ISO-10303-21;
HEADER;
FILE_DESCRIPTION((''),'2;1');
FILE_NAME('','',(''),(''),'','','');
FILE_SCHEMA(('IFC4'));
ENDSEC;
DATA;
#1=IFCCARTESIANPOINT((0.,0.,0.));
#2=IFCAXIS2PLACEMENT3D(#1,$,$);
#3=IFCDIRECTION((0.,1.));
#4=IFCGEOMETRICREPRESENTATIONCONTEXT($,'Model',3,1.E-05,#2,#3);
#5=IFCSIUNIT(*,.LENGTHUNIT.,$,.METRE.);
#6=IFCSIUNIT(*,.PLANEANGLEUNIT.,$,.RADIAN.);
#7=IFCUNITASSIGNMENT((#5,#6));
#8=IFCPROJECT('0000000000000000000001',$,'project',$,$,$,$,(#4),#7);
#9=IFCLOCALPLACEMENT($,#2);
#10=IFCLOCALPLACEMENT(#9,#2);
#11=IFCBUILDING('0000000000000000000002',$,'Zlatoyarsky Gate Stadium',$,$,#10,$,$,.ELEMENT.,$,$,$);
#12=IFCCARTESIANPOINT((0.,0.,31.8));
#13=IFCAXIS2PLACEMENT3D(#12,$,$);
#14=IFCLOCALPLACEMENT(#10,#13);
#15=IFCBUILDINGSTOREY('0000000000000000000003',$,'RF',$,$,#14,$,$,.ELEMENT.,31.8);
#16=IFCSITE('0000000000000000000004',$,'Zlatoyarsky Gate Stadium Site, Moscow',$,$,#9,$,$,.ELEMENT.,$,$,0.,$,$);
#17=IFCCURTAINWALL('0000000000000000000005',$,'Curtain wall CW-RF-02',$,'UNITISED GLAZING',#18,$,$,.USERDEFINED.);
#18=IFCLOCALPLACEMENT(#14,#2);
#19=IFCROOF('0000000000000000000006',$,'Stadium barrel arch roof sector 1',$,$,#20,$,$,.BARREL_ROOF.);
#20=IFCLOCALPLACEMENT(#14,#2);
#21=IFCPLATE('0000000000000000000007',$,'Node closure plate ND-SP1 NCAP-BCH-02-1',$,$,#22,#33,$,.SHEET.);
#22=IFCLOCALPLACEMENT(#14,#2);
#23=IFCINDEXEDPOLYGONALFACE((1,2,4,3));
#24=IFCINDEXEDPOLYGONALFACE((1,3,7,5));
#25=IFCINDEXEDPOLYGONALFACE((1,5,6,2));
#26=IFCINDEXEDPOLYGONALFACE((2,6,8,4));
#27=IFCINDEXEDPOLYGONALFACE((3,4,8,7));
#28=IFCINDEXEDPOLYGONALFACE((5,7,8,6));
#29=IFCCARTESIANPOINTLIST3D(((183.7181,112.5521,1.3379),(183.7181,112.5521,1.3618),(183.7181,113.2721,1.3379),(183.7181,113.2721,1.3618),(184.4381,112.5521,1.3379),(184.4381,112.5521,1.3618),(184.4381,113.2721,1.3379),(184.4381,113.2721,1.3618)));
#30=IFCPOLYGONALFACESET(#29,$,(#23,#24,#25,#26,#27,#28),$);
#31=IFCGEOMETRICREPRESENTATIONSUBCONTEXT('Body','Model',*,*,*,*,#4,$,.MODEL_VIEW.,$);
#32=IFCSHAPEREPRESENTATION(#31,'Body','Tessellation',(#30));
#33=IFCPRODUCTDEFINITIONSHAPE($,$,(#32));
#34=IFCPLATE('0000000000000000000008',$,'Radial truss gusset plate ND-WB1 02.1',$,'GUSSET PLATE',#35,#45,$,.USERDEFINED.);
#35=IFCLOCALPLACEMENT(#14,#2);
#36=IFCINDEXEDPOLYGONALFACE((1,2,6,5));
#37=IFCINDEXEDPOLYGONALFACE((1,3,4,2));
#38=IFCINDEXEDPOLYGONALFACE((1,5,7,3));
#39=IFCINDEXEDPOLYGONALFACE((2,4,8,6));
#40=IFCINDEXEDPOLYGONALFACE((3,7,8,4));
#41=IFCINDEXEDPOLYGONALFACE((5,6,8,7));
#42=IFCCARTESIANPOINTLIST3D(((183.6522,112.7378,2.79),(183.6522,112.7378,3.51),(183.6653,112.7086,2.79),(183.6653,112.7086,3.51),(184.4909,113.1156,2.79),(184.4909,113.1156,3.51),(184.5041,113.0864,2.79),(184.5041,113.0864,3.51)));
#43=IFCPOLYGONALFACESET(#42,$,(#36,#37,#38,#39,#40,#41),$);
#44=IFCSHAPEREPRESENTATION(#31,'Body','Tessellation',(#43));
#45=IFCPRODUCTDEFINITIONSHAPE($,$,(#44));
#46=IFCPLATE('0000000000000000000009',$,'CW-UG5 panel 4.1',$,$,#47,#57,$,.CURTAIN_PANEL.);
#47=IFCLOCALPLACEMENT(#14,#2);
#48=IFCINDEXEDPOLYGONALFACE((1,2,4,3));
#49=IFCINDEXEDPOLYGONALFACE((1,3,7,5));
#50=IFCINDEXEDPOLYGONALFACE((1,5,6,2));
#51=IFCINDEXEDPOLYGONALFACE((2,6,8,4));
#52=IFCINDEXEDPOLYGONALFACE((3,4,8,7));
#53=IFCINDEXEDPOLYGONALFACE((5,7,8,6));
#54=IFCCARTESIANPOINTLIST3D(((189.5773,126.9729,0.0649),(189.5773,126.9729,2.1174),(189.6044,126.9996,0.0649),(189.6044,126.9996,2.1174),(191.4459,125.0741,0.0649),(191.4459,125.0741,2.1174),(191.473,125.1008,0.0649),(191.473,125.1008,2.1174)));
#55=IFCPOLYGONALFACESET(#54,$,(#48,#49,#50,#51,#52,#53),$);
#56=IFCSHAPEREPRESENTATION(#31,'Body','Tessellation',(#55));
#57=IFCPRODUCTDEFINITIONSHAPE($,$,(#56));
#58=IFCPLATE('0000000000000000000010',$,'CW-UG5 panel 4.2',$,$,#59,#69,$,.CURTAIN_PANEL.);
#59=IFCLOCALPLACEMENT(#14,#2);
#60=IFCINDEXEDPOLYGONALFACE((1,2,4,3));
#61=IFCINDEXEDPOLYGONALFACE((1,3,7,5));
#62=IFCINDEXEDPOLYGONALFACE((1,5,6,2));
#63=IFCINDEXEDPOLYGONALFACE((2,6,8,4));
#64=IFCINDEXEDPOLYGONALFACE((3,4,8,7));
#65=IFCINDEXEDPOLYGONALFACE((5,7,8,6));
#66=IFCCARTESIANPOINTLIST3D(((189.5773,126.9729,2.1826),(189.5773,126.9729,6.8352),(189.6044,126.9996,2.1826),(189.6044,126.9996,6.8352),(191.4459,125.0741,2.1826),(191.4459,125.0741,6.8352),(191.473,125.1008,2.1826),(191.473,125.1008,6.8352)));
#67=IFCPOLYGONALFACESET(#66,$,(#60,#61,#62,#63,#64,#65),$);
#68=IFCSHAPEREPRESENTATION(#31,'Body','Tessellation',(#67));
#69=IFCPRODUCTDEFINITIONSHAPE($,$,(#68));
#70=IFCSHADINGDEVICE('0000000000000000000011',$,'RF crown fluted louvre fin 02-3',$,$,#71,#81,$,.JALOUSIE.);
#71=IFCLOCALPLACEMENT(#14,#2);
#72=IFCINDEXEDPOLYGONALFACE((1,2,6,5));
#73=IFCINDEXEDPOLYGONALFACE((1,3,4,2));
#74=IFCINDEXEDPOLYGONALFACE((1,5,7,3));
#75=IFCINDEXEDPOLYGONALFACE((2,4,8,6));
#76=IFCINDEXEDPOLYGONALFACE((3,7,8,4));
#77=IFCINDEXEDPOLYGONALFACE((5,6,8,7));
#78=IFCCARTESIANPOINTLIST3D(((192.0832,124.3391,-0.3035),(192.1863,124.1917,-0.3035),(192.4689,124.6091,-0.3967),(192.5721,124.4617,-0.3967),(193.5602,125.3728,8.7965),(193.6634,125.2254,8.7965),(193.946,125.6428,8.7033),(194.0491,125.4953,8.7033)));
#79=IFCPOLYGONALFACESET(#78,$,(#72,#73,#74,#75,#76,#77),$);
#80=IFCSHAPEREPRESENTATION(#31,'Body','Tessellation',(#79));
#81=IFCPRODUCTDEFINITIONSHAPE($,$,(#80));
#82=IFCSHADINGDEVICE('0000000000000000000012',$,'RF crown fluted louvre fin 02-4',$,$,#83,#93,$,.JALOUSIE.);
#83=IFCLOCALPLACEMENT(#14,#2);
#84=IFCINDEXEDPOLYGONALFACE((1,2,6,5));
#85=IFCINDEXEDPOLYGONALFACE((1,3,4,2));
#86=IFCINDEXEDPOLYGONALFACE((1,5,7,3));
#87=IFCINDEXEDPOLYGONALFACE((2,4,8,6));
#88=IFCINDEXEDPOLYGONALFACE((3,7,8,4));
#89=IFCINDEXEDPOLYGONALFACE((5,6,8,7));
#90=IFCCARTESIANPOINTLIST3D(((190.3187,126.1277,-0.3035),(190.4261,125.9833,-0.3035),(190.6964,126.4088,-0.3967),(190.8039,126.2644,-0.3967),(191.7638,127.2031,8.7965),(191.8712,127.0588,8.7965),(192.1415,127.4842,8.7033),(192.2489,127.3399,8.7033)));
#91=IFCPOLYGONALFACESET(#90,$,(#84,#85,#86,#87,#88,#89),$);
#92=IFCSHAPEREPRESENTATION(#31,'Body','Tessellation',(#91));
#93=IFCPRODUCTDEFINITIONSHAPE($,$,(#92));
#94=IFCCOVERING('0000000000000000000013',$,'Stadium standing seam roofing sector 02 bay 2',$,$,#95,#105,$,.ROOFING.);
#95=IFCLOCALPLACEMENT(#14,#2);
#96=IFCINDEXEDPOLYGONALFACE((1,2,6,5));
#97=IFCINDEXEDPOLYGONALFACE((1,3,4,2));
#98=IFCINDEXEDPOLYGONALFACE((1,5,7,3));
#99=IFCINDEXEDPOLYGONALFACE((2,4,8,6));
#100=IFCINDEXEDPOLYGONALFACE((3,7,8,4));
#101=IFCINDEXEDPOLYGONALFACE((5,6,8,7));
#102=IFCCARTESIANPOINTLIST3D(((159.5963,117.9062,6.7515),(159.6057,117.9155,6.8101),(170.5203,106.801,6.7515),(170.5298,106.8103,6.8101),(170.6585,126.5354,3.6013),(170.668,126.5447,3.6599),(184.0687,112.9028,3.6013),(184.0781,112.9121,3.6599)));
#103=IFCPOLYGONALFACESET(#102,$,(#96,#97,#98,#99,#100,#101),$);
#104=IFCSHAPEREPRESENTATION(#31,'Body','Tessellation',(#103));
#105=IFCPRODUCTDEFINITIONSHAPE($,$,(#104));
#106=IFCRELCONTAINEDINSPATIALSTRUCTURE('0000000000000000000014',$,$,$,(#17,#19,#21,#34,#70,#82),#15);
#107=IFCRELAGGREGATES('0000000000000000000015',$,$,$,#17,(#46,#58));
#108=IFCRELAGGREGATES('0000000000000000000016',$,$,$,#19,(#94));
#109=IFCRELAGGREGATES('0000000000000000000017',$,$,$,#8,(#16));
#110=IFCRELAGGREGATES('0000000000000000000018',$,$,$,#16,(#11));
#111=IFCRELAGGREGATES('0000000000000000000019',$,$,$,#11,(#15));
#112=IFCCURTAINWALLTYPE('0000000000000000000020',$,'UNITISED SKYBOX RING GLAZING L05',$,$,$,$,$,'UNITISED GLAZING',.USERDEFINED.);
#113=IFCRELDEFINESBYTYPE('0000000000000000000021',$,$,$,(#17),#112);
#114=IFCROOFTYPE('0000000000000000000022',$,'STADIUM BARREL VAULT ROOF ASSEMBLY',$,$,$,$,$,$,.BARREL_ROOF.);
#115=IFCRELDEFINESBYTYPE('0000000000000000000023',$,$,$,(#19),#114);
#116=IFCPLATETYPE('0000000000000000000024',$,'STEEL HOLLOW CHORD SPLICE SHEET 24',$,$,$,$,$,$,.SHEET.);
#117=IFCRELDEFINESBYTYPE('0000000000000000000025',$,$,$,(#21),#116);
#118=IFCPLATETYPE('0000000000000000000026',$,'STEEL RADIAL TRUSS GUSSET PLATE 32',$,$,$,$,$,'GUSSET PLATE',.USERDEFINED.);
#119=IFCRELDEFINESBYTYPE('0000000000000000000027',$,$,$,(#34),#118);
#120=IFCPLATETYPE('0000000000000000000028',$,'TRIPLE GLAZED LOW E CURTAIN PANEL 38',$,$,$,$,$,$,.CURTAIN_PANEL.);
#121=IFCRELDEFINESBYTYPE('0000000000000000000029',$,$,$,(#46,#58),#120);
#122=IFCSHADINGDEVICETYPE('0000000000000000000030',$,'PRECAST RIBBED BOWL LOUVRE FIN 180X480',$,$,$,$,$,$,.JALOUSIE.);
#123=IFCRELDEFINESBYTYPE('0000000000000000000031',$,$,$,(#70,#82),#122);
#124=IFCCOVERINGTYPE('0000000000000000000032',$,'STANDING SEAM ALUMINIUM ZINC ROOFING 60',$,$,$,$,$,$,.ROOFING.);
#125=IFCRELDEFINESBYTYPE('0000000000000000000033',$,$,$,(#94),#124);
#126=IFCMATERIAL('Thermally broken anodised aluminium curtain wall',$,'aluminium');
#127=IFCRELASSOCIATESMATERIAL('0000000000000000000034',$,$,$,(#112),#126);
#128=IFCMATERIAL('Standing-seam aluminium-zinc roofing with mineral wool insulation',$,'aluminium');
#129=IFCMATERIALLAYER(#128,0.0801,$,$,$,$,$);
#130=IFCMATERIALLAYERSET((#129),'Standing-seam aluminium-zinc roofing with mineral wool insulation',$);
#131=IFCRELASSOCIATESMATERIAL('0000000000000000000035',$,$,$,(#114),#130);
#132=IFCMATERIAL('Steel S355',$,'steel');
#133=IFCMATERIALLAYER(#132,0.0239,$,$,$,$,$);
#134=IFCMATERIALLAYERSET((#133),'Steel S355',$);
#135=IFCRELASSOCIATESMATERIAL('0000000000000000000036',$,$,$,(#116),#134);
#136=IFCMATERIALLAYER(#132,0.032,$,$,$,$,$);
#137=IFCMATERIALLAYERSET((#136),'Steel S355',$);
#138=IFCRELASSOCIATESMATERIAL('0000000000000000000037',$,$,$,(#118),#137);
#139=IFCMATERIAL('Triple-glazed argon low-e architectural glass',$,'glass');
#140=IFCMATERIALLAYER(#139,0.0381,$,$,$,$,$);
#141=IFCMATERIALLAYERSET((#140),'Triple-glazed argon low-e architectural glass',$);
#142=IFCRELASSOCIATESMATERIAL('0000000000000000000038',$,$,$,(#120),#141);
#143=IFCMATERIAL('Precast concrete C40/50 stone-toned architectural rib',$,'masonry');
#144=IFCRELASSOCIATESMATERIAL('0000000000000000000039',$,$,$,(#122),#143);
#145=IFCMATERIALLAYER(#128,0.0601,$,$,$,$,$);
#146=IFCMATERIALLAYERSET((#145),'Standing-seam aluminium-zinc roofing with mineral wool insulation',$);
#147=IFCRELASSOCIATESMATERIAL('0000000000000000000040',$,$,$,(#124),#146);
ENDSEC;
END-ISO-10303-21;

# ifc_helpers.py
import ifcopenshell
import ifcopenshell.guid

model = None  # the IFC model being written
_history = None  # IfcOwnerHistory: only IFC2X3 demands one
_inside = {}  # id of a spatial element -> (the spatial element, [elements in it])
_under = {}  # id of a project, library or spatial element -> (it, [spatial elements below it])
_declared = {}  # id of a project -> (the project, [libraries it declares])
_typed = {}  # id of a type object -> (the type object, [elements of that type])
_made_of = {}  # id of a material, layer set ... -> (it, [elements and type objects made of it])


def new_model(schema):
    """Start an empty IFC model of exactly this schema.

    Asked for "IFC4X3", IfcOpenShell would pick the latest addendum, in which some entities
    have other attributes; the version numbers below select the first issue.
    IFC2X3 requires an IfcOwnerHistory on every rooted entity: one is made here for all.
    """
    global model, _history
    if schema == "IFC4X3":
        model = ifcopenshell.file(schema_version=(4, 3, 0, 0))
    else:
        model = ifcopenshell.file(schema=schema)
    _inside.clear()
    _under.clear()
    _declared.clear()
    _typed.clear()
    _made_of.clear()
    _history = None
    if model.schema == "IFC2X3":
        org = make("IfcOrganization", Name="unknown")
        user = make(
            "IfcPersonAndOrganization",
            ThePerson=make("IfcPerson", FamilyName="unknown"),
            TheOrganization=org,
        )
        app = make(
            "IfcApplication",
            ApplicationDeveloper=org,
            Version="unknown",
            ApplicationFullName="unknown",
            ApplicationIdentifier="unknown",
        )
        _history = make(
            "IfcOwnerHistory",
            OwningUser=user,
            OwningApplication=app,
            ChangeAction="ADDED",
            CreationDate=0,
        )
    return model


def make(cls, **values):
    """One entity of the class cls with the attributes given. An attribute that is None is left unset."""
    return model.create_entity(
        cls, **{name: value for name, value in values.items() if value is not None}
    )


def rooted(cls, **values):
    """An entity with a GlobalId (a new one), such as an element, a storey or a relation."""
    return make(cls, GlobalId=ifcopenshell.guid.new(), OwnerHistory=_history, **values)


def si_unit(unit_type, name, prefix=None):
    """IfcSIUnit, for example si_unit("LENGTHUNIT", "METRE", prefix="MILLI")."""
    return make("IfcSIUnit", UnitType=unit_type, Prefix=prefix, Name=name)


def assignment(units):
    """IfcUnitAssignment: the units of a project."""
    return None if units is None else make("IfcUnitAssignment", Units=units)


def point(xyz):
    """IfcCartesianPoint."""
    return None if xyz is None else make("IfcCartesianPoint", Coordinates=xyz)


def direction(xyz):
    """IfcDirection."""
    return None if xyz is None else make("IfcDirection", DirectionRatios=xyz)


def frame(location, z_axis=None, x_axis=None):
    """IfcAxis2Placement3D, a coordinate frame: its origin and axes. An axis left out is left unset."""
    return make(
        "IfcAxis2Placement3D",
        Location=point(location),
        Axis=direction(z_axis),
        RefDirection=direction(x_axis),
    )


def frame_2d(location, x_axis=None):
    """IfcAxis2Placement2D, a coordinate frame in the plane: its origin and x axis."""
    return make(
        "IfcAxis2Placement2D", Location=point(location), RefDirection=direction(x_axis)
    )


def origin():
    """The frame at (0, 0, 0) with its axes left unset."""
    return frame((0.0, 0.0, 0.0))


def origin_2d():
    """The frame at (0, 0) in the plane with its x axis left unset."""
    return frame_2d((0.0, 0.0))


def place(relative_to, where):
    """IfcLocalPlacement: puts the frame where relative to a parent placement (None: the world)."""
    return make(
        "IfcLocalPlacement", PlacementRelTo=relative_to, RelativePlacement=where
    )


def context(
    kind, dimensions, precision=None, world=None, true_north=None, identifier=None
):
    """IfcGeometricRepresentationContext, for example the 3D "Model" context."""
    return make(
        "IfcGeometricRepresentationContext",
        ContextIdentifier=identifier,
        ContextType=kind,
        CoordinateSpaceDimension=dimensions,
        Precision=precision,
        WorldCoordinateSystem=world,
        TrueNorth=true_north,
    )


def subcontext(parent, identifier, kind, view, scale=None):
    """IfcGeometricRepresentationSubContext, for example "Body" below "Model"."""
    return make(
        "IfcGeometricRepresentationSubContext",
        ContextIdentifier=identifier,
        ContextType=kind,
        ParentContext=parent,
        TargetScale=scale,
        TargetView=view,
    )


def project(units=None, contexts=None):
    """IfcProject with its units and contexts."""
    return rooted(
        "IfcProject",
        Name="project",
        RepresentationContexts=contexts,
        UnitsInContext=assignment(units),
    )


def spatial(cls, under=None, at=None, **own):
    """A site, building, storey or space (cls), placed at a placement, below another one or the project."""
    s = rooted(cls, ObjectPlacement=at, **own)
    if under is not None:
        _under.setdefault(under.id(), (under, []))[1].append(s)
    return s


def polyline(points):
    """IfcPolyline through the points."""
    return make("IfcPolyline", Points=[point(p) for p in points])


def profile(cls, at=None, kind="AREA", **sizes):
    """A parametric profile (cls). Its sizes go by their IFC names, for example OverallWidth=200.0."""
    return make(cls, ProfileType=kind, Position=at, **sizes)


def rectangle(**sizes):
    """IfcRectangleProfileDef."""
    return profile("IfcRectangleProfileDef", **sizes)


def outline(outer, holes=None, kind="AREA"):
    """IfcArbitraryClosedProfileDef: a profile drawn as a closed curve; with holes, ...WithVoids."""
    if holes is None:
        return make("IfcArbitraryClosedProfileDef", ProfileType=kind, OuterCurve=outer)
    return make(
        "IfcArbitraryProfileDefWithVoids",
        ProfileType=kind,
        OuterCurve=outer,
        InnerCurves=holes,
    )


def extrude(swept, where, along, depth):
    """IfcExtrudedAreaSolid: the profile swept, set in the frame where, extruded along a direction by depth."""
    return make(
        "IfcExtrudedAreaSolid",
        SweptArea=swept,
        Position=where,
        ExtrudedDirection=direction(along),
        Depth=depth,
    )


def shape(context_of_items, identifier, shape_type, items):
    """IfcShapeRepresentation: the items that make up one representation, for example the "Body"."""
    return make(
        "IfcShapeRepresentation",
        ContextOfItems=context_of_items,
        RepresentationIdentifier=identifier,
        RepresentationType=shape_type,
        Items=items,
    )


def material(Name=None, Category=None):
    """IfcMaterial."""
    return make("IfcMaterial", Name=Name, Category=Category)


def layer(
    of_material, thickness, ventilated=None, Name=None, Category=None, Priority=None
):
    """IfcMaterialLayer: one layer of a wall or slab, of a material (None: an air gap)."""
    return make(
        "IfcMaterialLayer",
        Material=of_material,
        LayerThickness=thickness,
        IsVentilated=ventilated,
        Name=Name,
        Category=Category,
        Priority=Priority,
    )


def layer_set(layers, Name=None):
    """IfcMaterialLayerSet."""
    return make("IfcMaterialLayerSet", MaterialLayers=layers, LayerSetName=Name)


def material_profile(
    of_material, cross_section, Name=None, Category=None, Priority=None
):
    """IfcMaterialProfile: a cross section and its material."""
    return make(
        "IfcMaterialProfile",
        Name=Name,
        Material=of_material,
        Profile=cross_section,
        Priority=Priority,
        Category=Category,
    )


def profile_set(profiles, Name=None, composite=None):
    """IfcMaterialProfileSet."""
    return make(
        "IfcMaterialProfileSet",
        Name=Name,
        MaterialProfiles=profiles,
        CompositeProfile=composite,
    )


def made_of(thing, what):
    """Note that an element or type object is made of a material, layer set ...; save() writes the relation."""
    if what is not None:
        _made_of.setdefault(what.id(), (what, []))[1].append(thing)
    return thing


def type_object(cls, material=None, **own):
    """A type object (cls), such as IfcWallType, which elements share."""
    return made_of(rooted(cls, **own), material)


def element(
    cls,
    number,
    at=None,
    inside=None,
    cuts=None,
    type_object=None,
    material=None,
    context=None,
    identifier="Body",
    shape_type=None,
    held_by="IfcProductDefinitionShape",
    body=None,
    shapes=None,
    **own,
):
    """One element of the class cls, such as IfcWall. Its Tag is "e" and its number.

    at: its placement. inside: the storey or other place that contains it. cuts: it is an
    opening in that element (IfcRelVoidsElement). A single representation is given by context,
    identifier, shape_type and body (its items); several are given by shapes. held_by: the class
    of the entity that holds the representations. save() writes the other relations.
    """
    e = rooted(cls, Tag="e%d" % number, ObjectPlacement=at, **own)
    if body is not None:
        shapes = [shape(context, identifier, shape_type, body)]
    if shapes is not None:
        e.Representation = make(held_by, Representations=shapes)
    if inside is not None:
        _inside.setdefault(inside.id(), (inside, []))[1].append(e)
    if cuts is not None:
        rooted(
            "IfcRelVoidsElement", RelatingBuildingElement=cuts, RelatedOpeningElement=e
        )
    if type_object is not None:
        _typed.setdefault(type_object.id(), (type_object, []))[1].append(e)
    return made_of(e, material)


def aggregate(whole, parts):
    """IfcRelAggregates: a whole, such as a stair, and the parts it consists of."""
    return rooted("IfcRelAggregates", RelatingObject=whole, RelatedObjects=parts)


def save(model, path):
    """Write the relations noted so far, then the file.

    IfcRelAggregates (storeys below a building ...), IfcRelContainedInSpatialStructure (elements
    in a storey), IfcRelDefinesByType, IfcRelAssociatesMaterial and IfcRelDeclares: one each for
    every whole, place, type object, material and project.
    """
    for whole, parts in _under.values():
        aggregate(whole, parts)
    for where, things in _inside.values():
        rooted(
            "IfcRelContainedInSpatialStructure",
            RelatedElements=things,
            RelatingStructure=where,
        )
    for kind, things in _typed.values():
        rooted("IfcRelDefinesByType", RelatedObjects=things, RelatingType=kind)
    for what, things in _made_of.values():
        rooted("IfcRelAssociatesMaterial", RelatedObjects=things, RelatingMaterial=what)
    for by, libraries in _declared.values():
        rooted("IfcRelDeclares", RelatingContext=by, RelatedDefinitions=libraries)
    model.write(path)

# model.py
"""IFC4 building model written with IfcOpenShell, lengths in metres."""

from ifc_helpers import new_model, si_unit, direction, frame, origin, origin_2d, place, context, subcontext, project, spatial, polyline, rectangle, outline, extrude, material, layer, layer_set, material_profile, profile_set, type_object, element, aggregate, save


model = new_model("IFC4")

# Units and contexts
model_context = context("Model", 3, precision=1e-05, world=origin(), true_north=direction((0.0, 1.0)))
body_context = subcontext(model_context, "Body", "Model", "MODEL_VIEW")
ifc_project = project(units=[si_unit("LENGTHUNIT", "METRE"), si_unit("PLANEANGLEUNIT", "RADIAN")], contexts=[model_context])

# Site, building, storey
site_placement = place(None, origin())
site = spatial("IfcSite", under=ifc_project, at=site_placement, Name="Zlatoyarsky Gate Stadium Site, Moscow", CompositionType="ELEMENT", RefElevation=0.0)
building_placement = place(site_placement, origin())
building = spatial("IfcBuilding", under=site, at=building_placement, Name="Zlatoyarsky Gate Stadium", CompositionType="ELEMENT")
storey_placement = place(building_placement, frame((0.0, 0.0, 31.8)))
storey = spatial("IfcBuildingStorey", under=building, at=storey_placement, Name="RF", CompositionType="ELEMENT", Elevation=31.8)

# Curtain wall
ifc_material_1 = material(Name="Thermally broken anodised aluminium curtain wall", Category="aluminium")
curtain_wall_type = type_object("IfcCurtainWallType", Name="UNITISED SKYBOX RING GLAZING L05", ElementType="UNITISED GLAZING", PredefinedType="USERDEFINED", material=ifc_material_1)
curtain_wall_placement = place(storey_placement, origin())
curtain_wall = element("IfcCurtainWall", 1, at=curtain_wall_placement, inside=storey, type_object=curtain_wall_type, Name="Curtain wall CW-RF-02", ObjectType="UNITISED GLAZING", PredefinedType="USERDEFINED")

# Shared definitions
ifc_material_2 = material(Name="Steel S355", Category="steel")

# Roof
ifc_material_3 = material(Name="Standing-seam aluminium-zinc roofing with mineral wool insulation", Category="aluminium")
ifc_layer_1 = layer(ifc_material_3, 0.0801)
ifc_layer_set_1 = layer_set([ifc_layer_1], Name="Standing-seam aluminium-zinc roofing with mineral wool insulation")
roof_type = type_object("IfcRoofType", Name="STADIUM BARREL VAULT ROOF ASSEMBLY", PredefinedType="BARREL_ROOF", material=ifc_layer_set_1)
roof_placement = place(storey_placement, origin())
roof = element("IfcRoof", 2, at=roof_placement, inside=storey, type_object=roof_type, Name="Stadium barrel arch roof sector 1", PredefinedType="BARREL_ROOF")

# Plates
ifc_layer_2 = layer(ifc_material_2, 0.0239)
ifc_layer_set_2 = layer_set([ifc_layer_2], Name="Steel S355")
plate_type_1 = type_object("IfcPlateType", Name="STEEL HOLLOW CHORD SPLICE SHEET 24", PredefinedType="SHEET", material=ifc_layer_set_2)
plate_1_placement = place(storey_placement, frame((184.0781, 112.9121, 1.3379), z_axis=(0.0, 0.0, 1.0), x_axis=(1.0, 0.0, 0.0)))
element("IfcPlate", 3, at=plate_1_placement, inside=storey, type_object=plate_type_1, Name="Node closure plate ND-SP1 NCAP-BCH-02-1", PredefinedType="SHEET", context=body_context, shape_type="SweptSolid", body=[
    extrude(rectangle(XDim=0.72, YDim=0.72, at=origin_2d()), origin(), (0.0, 0.0, 1.0), 0.0239),
])
ifc_layer_3 = layer(ifc_material_2, 0.032)
ifc_layer_set_3 = layer_set([ifc_layer_3], Name="Steel S355")
plate_type_2 = type_object("IfcPlateType", Name="STEEL RADIAL TRUSS GUSSET PLATE 32", ElementType="GUSSET PLATE", PredefinedType="USERDEFINED", material=ifc_layer_set_3)
plate_2_placement = place(storey_placement, frame((184.0781, 112.9121, 2.79), z_axis=(0.0, 0.0, 1.0), x_axis=(-0.911796, -0.410644, 0.0)))
element("IfcPlate", 4, at=plate_2_placement, inside=storey, type_object=plate_type_2, Name="Radial truss gusset plate ND-WB1 02.1", ObjectType="GUSSET PLATE", PredefinedType="USERDEFINED", context=body_context, shape_type="SweptSolid", body=[
    extrude(rectangle(XDim=0.9199, YDim=0.032, at=origin_2d()), origin(), (0.0, 0.0, 1.0), 0.72),
])

# Plates
ifc_material_4 = material(Name="Triple-glazed argon low-e architectural glass", Category="glass")
ifc_layer_4 = layer(ifc_material_4, 0.0381)
ifc_layer_set_4 = layer_set([ifc_layer_4], Name="Triple-glazed argon low-e architectural glass")
plate_type_3 = type_object("IfcPlateType", Name="TRIPLE GLAZED LOW E CURTAIN PANEL 38", PredefinedType="CURTAIN_PANEL", material=ifc_layer_set_4)
plate_3_placement = place(storey_placement, frame((190.5251, 126.0369, 0.0649), z_axis=(0.0, 0.0, 1.0), x_axis=(-0.701402, 0.712766, 0.0)))
plate_3 = element("IfcPlate", 5, at=plate_3_placement, type_object=plate_type_3, Name="CW-UG5 panel 4.1", PredefinedType="CURTAIN_PANEL", context=body_context, shape_type="SweptSolid", body=[
    extrude(rectangle(XDim=2.6641, YDim=0.0381, at=origin_2d()), origin(), (0.0, 0.0, 1.0), 2.0525),
])
plate_4_placement = place(storey_placement, frame((190.5251, 126.0369, 2.1826), z_axis=(0.0, 0.0, 1.0), x_axis=(-0.701402, 0.712766, 0.0)))
plate_4 = element("IfcPlate", 6, at=plate_4_placement, type_object=plate_type_3, Name="CW-UG5 panel 4.2", PredefinedType="CURTAIN_PANEL", context=body_context, shape_type="SweptSolid", body=[
    extrude(rectangle(XDim=2.6641, YDim=0.0381, at=origin_2d()), origin(), (0.0, 0.0, 1.0), 4.6526),
])
aggregate(curtain_wall, [plate_3, plate_4])

# Shading devices
ifc_material_5 = material(Name="Precast concrete C40/50 stone-toned architectural rib", Category="masonry")
ifc_material_profile_1 = material_profile(ifc_material_5, rectangle(XDim=0.1799, YDim=0.48, at=origin_2d()), Name="RIB 180X480")
ifc_profile_set_1 = profile_set([ifc_material_profile_1], Name="Precast concrete C40/50 stone-toned architectural rib")
shading_device_type = type_object("IfcShadingDeviceType", Name="PRECAST RIBBED BOWL LOUVRE FIN 180X480", PredefinedType="JALOUSIE", material=ifc_profile_set_1)
shading_device_1_placement = place(storey_placement, frame((192.3276, 124.4004, -0.3501), z_axis=(0.159217, 0.111426, 0.980935), x_axis=(-0.573371, 0.819296, 0.0)))
element("IfcShadingDevice", 7, at=shading_device_1_placement, inside=storey, type_object=shading_device_type, Name="RF crown fluted louvre fin 02-3", PredefinedType="JALOUSIE", context=body_context, shape_type="SweptSolid", body=[
    extrude(rectangle(XDim=0.1799, YDim=0.48, at=origin_2d()), origin(), (0.0, 0.0, 1.0), 9.2769),
])
shading_device_2_placement = place(storey_placement, frame((190.5613, 126.196, -0.3501), z_axis=(0.155775, 0.115929, 0.980966), x_axis=(-0.597025, 0.802223, 0.0)))
element("IfcShadingDevice", 8, at=shading_device_2_placement, inside=storey, type_object=shading_device_type, Name="RF crown fluted louvre fin 02-4", PredefinedType="JALOUSIE", context=body_context, shape_type="SweptSolid", body=[
    extrude(rectangle(XDim=0.1799, YDim=0.48, at=origin_2d()), origin(), (0.0, 0.0, 1.0), 9.2766),
])

# Covering
ifc_layer_5 = layer(ifc_material_3, 0.0601)
ifc_layer_set_5 = layer_set([ifc_layer_5], Name="Standing-seam aluminium-zinc roofing with mineral wool insulation")
covering_type = type_object("IfcCoveringType", Name="STANDING SEAM ALUMINIUM ZINC ROOFING 60", PredefinedType="ROOFING", material=ifc_layer_set_5)
covering_placement = place(storey_placement, frame((184.0781, 112.9121, 3.6599), z_axis=(0.157163, 0.1546, 0.975397), x_axis=(-0.701268, 0.712898, 0.0)))
covering = element("IfcCovering", 9, at=covering_placement, type_object=covering_type, Name="Stadium standing seam roofing sector 02 bay 2", PredefinedType="ROOFING", context=body_context, shape_type="SweptSolid", body=[
    extrude(outline(polyline([(0.0, 0.0), (19.1227, 0.0), (20.7286, 14.2892), (5.151, 14.2891), (0.0, 0.0)])), origin(), (0.0, 0.0, -1.0), 0.0601),
])
aggregate(roof, [covering])

save(model, "model.ifc")
